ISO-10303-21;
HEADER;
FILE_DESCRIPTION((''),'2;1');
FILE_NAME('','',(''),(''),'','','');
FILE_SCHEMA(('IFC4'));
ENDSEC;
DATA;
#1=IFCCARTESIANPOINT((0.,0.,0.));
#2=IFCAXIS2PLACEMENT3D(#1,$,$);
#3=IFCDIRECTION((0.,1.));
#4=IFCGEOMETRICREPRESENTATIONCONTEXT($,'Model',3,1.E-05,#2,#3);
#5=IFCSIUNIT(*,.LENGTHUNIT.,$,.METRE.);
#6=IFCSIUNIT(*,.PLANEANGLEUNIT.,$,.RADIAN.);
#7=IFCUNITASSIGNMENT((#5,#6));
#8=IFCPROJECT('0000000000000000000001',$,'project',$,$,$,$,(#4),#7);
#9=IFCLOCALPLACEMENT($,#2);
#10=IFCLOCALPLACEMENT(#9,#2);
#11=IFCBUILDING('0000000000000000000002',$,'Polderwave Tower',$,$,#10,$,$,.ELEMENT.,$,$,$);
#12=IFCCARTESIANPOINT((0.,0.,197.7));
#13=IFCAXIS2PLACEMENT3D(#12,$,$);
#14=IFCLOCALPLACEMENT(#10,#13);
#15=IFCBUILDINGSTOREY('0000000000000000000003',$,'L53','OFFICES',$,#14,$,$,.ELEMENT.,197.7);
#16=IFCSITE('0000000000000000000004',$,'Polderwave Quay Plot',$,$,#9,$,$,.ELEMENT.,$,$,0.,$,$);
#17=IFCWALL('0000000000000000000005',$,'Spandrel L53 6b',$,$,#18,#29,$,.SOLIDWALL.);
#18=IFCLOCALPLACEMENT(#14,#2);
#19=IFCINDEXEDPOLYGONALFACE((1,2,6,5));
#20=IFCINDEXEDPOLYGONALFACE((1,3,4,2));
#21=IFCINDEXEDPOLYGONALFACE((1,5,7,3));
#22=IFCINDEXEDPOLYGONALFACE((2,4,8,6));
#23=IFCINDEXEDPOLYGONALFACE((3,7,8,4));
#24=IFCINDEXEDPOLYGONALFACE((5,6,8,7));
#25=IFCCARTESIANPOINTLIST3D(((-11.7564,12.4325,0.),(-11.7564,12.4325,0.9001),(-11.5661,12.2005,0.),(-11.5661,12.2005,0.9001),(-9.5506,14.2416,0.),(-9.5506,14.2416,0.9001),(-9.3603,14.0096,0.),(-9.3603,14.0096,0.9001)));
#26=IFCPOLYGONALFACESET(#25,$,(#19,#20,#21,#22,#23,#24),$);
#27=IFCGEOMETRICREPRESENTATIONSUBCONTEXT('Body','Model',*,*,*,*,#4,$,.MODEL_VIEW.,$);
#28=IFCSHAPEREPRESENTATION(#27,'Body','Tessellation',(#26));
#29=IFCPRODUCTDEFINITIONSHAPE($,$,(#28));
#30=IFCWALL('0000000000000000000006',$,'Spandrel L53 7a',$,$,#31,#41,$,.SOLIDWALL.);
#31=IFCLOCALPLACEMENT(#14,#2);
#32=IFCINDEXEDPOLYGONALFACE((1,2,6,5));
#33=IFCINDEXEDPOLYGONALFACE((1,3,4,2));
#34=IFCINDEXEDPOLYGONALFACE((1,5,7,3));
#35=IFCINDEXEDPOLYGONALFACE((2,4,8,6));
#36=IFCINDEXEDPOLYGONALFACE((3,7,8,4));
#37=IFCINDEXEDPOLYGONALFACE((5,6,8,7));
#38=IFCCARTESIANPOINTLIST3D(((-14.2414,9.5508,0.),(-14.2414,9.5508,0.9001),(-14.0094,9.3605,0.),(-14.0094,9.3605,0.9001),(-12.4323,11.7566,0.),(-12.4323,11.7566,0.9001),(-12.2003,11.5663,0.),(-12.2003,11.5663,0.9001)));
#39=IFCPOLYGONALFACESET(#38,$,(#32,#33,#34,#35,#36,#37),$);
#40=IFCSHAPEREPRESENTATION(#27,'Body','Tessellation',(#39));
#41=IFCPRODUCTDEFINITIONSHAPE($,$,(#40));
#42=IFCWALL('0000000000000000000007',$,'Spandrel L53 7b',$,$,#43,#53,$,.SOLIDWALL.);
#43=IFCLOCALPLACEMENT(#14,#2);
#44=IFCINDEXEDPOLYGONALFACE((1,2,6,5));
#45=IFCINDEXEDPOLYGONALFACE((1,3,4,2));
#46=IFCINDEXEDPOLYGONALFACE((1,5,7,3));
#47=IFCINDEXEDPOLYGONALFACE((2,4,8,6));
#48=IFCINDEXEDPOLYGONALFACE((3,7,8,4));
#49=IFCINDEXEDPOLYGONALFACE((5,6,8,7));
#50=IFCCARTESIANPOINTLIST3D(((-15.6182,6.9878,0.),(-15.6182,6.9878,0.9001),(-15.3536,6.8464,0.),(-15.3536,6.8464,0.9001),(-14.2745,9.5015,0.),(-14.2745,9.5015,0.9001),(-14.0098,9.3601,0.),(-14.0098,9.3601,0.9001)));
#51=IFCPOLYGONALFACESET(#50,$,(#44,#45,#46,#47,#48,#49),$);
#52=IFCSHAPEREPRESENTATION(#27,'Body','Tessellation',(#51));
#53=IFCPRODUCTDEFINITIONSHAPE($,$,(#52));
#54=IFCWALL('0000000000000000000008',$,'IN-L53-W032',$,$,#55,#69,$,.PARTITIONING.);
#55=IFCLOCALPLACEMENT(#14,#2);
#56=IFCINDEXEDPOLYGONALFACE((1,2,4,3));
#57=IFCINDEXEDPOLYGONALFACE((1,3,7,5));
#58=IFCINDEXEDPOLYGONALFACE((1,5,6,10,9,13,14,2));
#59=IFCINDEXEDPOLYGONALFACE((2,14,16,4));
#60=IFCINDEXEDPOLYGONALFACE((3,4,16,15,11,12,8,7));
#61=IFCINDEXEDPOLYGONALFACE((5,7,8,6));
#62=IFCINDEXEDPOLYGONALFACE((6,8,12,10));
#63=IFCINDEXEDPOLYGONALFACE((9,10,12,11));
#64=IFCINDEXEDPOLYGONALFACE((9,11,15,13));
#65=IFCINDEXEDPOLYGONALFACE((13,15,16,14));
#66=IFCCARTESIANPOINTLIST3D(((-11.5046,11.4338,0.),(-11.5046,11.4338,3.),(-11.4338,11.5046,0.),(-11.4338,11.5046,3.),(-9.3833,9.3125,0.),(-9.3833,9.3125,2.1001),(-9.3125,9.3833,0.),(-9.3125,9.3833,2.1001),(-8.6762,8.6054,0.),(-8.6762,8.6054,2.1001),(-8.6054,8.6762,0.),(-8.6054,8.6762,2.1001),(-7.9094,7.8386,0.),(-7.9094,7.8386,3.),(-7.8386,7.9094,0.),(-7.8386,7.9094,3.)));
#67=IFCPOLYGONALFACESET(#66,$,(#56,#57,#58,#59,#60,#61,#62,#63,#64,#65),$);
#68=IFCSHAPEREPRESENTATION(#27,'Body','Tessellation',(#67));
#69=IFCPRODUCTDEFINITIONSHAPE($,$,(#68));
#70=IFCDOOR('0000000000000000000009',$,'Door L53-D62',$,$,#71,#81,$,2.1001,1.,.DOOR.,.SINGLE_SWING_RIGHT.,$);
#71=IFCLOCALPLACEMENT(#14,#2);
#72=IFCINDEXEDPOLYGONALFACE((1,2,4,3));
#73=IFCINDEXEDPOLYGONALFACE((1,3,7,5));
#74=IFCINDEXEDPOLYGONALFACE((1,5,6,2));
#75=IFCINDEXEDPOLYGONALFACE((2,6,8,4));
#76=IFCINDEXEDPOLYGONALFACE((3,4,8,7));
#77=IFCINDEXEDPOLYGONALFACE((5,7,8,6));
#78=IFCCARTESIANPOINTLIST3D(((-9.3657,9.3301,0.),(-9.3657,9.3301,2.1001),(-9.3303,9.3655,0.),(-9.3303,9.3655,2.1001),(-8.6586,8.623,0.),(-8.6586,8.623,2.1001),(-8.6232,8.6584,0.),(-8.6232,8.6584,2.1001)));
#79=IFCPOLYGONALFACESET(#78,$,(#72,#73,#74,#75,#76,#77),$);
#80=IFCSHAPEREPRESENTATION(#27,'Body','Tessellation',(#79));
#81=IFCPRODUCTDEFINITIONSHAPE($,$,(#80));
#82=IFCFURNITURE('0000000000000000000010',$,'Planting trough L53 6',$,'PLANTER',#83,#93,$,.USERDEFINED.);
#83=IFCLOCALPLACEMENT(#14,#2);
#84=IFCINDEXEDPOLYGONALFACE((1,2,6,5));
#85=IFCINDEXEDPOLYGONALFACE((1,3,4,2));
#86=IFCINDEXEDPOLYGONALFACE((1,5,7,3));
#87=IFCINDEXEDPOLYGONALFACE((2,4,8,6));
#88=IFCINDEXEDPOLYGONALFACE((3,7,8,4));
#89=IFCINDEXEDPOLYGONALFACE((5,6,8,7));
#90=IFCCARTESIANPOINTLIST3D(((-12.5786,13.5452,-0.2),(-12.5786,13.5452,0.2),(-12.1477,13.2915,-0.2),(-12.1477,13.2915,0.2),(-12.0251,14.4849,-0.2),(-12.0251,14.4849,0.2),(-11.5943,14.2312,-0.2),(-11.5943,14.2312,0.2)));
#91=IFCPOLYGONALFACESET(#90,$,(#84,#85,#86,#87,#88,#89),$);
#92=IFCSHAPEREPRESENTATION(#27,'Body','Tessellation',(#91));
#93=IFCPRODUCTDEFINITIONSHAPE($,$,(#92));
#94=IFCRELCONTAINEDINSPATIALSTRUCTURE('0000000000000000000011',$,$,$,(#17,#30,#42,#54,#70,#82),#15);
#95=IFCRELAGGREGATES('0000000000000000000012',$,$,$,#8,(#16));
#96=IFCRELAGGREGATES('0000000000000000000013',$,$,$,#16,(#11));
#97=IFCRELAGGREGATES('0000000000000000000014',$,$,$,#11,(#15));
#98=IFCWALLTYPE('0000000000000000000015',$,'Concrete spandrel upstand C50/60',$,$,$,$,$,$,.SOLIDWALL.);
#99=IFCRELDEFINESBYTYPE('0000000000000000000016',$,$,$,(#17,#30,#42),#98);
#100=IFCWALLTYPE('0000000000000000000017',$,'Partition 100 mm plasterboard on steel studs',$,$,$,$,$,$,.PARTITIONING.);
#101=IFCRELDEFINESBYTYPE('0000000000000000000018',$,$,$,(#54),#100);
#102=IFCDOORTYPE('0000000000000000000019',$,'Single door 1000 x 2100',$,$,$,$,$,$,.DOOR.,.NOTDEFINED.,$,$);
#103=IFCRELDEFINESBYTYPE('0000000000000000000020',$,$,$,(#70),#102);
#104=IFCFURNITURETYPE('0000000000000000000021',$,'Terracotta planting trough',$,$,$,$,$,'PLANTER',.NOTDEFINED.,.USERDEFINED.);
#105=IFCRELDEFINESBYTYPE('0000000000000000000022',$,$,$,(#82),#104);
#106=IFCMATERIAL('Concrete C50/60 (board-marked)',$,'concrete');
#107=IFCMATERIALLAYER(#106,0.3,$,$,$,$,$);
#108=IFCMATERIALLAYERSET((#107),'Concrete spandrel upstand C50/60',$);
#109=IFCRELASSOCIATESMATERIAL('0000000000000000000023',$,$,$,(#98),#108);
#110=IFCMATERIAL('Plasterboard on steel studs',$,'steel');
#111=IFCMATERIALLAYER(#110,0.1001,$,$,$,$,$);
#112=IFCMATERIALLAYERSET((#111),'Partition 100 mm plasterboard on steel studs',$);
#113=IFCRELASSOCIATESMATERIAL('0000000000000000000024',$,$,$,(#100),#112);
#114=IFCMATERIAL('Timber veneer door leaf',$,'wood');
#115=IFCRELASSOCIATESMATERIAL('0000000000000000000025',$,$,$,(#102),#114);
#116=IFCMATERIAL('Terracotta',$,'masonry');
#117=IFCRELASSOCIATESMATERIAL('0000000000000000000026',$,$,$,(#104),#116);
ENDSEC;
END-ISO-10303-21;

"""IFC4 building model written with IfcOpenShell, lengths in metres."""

from ifc_helpers import new_model, si_unit, direction, frame, frame_2d, origin, origin_2d, place, context, subcontext, project, spatial, rectangle, extrude, material, layer, layer_set, type_object, element, fill, save


model = new_model("IFC4")

# Units and contexts
model_context = context("Model", 3, precision=1e-05, world=origin(), true_north=direction((0.0, 1.0)))
body_context = subcontext(model_context, "Body", "Model", "MODEL_VIEW")
ifc_project = project(units=[si_unit("LENGTHUNIT", "METRE"), si_unit("PLANEANGLEUNIT", "RADIAN")], contexts=[model_context])

# Site, building, storey
site_placement = place(None, origin())
site = spatial("IfcSite", under=ifc_project, at=site_placement, Name="Polderwave Quay Plot", CompositionType="ELEMENT", RefElevation=0.0)
building_placement = place(site_placement, origin())
building = spatial("IfcBuilding", under=site, at=building_placement, Name="Polderwave Tower", CompositionType="ELEMENT")
storey_placement = place(building_placement, frame((0.0, 0.0, 197.7)))
storey = spatial("IfcBuildingStorey", under=building, at=storey_placement, Name="L53", Description="OFFICES", CompositionType="ELEMENT", Elevation=197.7)

# Walls
ifc_material_1 = material(Name="Concrete C50/60 (board-marked)", Category="concrete")
ifc_layer_1 = layer(ifc_material_1, 0.3)
ifc_layer_set_1 = layer_set([ifc_layer_1], Name="Concrete spandrel upstand C50/60")
wall_type_1 = type_object("IfcWallType", Name="Concrete spandrel upstand C50/60", PredefinedType="SOLIDWALL", material=ifc_layer_set_1)
for number, where, z_axis, x_axis, name in (
    (1, (-9.4556, 14.1255, 0.0), (0.0, 0.0, 1.0), (-0.773213, -0.634146, 0.0), "Spandrel L53 6b"),
    (2, (-12.3164, 11.6614, 0.0), (0.0, 0.0, 1.0), (-0.634146, -0.773213, 0.0), "Spandrel L53 7a"),
):
    element("IfcWall", number, at=place(storey_placement, frame(where, z_axis=z_axis, x_axis=x_axis)), inside=storey, type_object=wall_type_1, Name=name, PredefinedType="SOLIDWALL", context=body_context, shape_type="SweptSolid", body=[
        extrude(rectangle(XDim=2.8528, YDim=0.3, at=frame_2d((1.4263, 0.0))), origin(), (0.0, 0.0, 1.0), 0.9001),
    ])
wall_1_placement = place(storey_placement, frame((-14.1421, 9.4309, 0.0), z_axis=(0.0, 0.0, 1.0), x_axis=(-0.471442, -0.881897, 0.0)))
element("IfcWall", 3, at=wall_1_placement, inside=storey, type_object=wall_type_1, Name="Spandrel L53 7b", PredefinedType="SOLIDWALL", context=body_context, shape_type="SweptSolid", body=[
    extrude(rectangle(XDim=2.8503, YDim=0.3, at=frame_2d((1.4253, 0.0))), origin(), (0.0, 0.0, 1.0), 0.9001),
])

# Wall, opening, door
ifc_material_2 = material(Name="Plasterboard on steel studs", Category="steel")
ifc_layer_2 = layer(ifc_material_2, 0.1001)
ifc_layer_set_2 = layer_set([ifc_layer_2], Name="Partition 100 mm plasterboard on steel studs")
wall_type_2 = type_object("IfcWallType", Name="Partition 100 mm plasterboard on steel studs", PredefinedType="PARTITIONING", material=ifc_layer_set_2)
wall_2_placement = place(storey_placement, frame((-11.4692, 11.4692, 0.0), z_axis=(0.0, 0.0, 1.0), x_axis=(0.707107, -0.707107, 0.0)))
wall_2 = element("IfcWall", 4, at=wall_2_placement, inside=storey, type_object=wall_type_2, Name="IN-L53-W032", PredefinedType="PARTITIONING", context=body_context, shape_type="SweptSolid", body=[
    extrude(rectangle(XDim=5.0845, YDim=0.1001, at=frame_2d((2.5422, 0.0))), origin(), (0.0, 0.0, 1.0), 3.0),
])
opening_placement = place(wall_2_placement, frame((3.0, 0.0, 0.0)))
opening = element("IfcOpeningElement", 5, at=opening_placement, cuts=wall_2, PredefinedType="OPENING", context=body_context, shape_type="SweptSolid", body=[
    extrude(rectangle(XDim=1.0, YDim=2.1001, at=frame_2d((0.5, 1.05))), frame((0.0, 0.0601, 0.0), z_axis=(0.0, -1.0, 0.0), x_axis=(1.0, 0.0, 0.0)), (0.0, 0.0, 1.0), 0.1201),
])
ifc_material_3 = material(Name="Timber veneer door leaf", Category="wood")
door_type = type_object("IfcDoorType", Name="Single door 1000 x 2100", OperationType="NOTDEFINED", PredefinedType="DOOR", material=ifc_material_3)
door_placement = place(opening_placement, origin())
door = element("IfcDoor", 6, at=door_placement, inside=storey, type_object=door_type, Name="Door L53-D62", OperationType="SINGLE_SWING_RIGHT", OverallHeight=2.1001, OverallWidth=1.0, PredefinedType="DOOR", context=body_context, shape_type="SweptSolid", body=[
    extrude(rectangle(XDim=1.0, YDim=2.1001, at=frame_2d((0.5, 1.05))), frame((0.0, 0.0249, 0.0), z_axis=(0.0, -1.0, 0.0), x_axis=(1.0, 0.0, 0.0)), (0.0, 0.0, 1.0), 0.05),
])
fill(opening, door)

# Furniture
ifc_material_4 = material(Name="Terracotta", Category="masonry")
furniture_type = type_object("IfcFurnitureType", Name="Terracotta planting trough", ElementType="PLANTER", AssemblyPlace="NOTDEFINED", PredefinedType="USERDEFINED", material=ifc_material_4)
furniture_placement = place(storey_placement, frame((-12.0864, 13.8882, -0.2), z_axis=(0.0, 0.0, 1.0), x_axis=(-0.507463, -0.861673, 0.0)))
element("IfcFurniture", 7, at=furniture_placement, inside=storey, type_object=furniture_type, Name="Planting trough L53 6", ObjectType="PLANTER", PredefinedType="USERDEFINED", context=body_context, shape_type="SweptSolid", body=[
    extrude(rectangle(XDim=1.0906, YDim=0.5, at=origin_2d()), origin(), (0.0, 0.0, 1.0), 0.3999),
])

save(model, "model.ifc")
